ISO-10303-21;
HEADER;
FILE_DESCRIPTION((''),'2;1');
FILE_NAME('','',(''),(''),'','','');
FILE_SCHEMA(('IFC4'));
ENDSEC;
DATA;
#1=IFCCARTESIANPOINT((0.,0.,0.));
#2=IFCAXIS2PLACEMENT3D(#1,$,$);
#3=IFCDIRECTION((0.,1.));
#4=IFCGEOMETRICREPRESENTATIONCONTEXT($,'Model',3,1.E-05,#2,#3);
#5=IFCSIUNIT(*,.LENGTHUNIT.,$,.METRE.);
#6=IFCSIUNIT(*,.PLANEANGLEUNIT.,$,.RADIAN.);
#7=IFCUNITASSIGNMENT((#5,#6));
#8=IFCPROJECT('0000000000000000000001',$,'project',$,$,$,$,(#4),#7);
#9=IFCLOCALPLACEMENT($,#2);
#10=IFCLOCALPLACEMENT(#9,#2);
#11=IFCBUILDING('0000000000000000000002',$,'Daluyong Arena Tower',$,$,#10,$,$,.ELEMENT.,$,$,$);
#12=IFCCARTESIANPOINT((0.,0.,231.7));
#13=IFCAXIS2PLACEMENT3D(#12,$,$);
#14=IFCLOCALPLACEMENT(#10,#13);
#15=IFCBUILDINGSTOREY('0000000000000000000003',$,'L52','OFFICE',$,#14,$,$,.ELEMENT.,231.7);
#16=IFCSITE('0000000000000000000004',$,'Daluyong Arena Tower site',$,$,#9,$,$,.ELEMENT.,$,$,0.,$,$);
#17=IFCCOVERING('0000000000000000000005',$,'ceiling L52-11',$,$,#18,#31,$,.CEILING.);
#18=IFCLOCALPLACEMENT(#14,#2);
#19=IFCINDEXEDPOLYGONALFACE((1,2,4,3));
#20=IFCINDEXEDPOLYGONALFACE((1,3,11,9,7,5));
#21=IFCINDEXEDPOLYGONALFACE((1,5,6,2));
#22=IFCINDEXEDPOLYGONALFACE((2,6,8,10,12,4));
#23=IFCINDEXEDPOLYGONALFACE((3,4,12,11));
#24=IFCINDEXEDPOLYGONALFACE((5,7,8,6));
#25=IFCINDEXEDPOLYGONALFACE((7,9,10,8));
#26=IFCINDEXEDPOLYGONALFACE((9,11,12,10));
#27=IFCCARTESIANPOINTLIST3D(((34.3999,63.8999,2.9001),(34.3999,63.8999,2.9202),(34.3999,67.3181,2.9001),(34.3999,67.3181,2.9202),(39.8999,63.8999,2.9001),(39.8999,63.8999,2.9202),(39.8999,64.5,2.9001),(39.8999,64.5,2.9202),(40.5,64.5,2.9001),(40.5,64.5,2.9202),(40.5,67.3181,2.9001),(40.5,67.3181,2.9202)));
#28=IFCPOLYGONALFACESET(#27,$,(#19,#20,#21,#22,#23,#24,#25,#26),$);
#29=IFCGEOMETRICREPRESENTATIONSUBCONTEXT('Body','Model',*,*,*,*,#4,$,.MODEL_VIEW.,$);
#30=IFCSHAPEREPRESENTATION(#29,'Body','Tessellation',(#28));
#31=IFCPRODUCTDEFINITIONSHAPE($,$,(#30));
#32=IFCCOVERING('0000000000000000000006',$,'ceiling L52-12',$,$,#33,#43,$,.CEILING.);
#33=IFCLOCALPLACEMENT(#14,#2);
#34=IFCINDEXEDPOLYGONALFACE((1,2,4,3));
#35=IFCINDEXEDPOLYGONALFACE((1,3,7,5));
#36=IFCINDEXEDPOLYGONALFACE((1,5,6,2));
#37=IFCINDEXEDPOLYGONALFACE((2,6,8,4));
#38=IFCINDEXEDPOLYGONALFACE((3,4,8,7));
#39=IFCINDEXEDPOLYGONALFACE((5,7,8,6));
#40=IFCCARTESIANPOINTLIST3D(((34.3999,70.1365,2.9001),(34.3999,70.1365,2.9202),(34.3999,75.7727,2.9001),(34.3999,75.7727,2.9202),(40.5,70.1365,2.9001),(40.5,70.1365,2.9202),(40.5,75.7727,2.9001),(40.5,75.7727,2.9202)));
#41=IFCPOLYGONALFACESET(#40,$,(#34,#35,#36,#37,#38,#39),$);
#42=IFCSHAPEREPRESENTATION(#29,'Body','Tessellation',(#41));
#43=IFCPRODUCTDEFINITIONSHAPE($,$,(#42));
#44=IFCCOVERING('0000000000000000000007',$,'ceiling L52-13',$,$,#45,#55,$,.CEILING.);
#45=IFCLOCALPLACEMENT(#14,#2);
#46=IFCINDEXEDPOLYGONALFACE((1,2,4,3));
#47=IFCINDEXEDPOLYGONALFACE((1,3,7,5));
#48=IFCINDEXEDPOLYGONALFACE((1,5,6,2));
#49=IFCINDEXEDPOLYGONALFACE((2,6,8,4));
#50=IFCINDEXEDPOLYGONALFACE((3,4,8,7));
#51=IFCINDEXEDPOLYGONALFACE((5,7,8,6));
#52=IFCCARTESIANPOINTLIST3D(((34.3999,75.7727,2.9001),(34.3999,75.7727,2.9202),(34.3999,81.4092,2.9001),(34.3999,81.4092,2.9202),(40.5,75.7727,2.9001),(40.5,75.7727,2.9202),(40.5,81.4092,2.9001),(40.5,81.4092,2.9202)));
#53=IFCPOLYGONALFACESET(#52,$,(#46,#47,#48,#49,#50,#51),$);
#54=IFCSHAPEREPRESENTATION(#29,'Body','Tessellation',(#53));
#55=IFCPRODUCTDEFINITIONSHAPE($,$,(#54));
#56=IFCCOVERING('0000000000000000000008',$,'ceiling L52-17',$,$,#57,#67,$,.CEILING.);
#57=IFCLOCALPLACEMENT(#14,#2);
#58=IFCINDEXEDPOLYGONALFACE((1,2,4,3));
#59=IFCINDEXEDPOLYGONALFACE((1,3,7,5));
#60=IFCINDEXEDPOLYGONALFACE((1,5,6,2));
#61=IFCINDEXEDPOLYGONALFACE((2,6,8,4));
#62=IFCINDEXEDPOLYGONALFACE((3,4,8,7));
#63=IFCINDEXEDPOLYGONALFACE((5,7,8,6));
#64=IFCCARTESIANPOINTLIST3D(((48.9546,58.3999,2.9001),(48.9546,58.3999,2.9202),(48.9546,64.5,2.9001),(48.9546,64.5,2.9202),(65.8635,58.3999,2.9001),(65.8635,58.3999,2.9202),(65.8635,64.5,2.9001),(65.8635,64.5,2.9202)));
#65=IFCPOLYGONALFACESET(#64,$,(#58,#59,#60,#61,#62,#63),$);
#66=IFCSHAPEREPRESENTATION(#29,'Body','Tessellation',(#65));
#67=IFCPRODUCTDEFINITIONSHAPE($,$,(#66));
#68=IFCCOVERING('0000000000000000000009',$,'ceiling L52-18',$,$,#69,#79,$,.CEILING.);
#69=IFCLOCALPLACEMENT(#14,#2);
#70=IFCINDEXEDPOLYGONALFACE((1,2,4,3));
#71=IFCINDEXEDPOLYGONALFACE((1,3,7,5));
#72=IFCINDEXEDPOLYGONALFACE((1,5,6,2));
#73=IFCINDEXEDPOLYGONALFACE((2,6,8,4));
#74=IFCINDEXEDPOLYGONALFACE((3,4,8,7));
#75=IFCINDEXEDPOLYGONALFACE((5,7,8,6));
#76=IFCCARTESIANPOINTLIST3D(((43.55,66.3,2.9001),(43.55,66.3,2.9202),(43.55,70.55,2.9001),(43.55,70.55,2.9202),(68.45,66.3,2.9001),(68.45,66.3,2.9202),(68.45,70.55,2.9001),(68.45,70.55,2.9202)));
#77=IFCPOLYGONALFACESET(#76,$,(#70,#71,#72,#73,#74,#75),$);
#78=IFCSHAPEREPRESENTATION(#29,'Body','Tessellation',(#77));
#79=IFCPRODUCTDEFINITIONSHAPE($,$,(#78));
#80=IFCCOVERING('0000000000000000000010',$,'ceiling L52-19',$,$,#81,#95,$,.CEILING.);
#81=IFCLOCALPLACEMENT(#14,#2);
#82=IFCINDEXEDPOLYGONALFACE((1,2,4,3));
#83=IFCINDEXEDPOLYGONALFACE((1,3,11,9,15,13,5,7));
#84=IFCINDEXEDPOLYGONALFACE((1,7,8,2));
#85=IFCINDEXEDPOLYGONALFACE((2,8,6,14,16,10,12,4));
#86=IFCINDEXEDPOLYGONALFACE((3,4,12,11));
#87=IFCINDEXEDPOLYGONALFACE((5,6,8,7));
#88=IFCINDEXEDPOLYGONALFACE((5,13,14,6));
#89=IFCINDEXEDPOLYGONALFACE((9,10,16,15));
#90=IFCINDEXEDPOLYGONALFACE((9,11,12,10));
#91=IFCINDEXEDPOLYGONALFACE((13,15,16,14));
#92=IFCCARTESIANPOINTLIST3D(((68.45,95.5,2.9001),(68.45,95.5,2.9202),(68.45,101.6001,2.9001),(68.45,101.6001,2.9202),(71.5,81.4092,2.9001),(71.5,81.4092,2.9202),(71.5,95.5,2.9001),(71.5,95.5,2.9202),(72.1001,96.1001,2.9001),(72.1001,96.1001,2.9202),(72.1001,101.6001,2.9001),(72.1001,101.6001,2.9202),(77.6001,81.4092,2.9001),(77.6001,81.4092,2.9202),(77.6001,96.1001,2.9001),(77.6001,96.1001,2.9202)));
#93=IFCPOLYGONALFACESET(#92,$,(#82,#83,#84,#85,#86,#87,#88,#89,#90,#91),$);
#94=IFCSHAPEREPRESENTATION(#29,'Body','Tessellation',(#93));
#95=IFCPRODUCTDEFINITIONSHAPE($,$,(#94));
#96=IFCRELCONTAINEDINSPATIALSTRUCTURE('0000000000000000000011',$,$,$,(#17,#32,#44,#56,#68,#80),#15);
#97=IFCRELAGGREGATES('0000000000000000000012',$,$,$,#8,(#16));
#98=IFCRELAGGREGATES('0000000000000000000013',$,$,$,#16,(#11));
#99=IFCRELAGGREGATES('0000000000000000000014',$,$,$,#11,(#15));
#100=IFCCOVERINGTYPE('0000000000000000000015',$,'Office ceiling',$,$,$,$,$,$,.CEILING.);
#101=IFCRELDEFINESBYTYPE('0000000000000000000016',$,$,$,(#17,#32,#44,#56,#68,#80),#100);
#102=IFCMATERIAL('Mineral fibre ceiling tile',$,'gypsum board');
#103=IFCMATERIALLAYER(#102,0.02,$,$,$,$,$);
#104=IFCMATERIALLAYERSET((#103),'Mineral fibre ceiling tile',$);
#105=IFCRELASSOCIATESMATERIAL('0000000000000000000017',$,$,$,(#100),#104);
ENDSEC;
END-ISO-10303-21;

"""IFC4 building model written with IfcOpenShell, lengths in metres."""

from ifc_helpers import new_model, si_unit, direction, frame, origin, place, context, subcontext, project, spatial, polyline, outline, extrude, material, layer, layer_set, type_object, element, save


model = new_model("IFC4")

# Units and contexts
model_context = context("Model", 3, precision=1e-05, world=origin(), true_north=direction((0.0, 1.0)))
body_context = subcontext(model_context, "Body", "Model", "MODEL_VIEW")
ifc_project = project(units=[si_unit("LENGTHUNIT", "METRE"), si_unit("PLANEANGLEUNIT", "RADIAN")], contexts=[model_context])

# Site, building, storey
site_placement = place(None, origin())
site = spatial("IfcSite", under=ifc_project, at=site_placement, Name="Daluyong Arena Tower site", CompositionType="ELEMENT", RefElevation=0.0)
building_placement = place(site_placement, origin())
building = spatial("IfcBuilding", under=site, at=building_placement, Name="Daluyong Arena Tower", CompositionType="ELEMENT")
storey_placement = place(building_placement, frame((0.0, 0.0, 231.7)))
storey = spatial("IfcBuildingStorey", under=building, at=storey_placement, Name="L52", Description="OFFICE", CompositionType="ELEMENT", Elevation=231.7)

# Coverings
ifc_material_1 = material(Name="Mineral fibre ceiling tile", Category="gypsum board")
ifc_layer_1 = layer(ifc_material_1, 0.02)
ifc_layer_set_1 = layer_set([ifc_layer_1], Name="Mineral fibre ceiling tile")
covering_type = type_object("IfcCoveringType", Name="Office ceiling", PredefinedType="CEILING", material=ifc_layer_set_1)
covering_1_placement = place(storey_placement, frame((0.0, 0.0, 2.9001)))
element("IfcCovering", 1, at=covering_1_placement, inside=storey, type_object=covering_type, Name="ceiling L52-11", PredefinedType="CEILING", context=body_context, shape_type="SweptSolid", body=[
    extrude(outline(polyline([(34.3999, 63.8999), (39.8999, 63.8999), (39.8999, 64.5), (40.5, 64.5), (40.5, 67.3181), (34.3999, 67.3181), (34.3999, 63.8999)])), origin(), (0.0, 0.0, 1.0), 0.02),
])
covering_2_placement = place(storey_placement, frame((0.0, 0.0, 2.9001)))
element("IfcCovering", 2, at=covering_2_placement, inside=storey, type_object=covering_type, Name="ceiling L52-12", PredefinedType="CEILING", context=body_context, shape_type="SweptSolid", body=[
    extrude(outline(polyline([(40.5, 75.7727), (34.3999, 75.7727), (34.3999, 70.1365), (40.5, 70.1365), (40.5, 75.7727)])), origin(), (0.0, 0.0, 1.0), 0.02),
])
covering_3_placement = place(storey_placement, frame((0.0, 0.0, 2.9001)))
element("IfcCovering", 3, at=covering_3_placement, inside=storey, type_object=covering_type, Name="ceiling L52-13", PredefinedType="CEILING", context=body_context, shape_type="SweptSolid", body=[
    extrude(outline(polyline([(40.5, 81.4092), (34.3999, 81.4092), (34.3999, 75.7727), (40.5, 75.7727), (40.5, 81.4092)])), origin(), (0.0, 0.0, 1.0), 0.02),
])
covering_4_placement = place(storey_placement, frame((0.0, 0.0, 2.9001)))
element("IfcCovering", 4, at=covering_4_placement, inside=storey, type_object=covering_type, Name="ceiling L52-17", PredefinedType="CEILING", context=body_context, shape_type="SweptSolid", body=[
    extrude(outline(polyline([(48.9546, 58.3999), (65.8635, 58.3999), (65.8635, 64.5), (48.9546, 64.5), (48.9546, 58.3999)])), origin(), (0.0, 0.0, 1.0), 0.02),
])
covering_5_placement = place(storey_placement, frame((0.0, 0.0, 2.9001)))
element("IfcCovering", 5, at=covering_5_placement, inside=storey, type_object=covering_type, Name="ceiling L52-18", PredefinedType="CEILING", context=body_context, shape_type="SweptSolid", body=[
    extrude(outline(polyline([(68.45, 70.55), (43.55, 70.55), (43.55, 66.3), (68.45, 66.3), (68.45, 70.55)])), origin(), (0.0, 0.0, 1.0), 0.02),
])
covering_6_placement = place(storey_placement, frame((0.0, 0.0, 2.9001)))
element("IfcCovering", 6, at=covering_6_placement, inside=storey, type_object=covering_type, Name="ceiling L52-19", PredefinedType="CEILING", context=body_context, shape_type="SweptSolid", body=[
    extrude(outline(polyline([(72.1001, 101.6001), (68.45, 101.6001), (68.45, 95.5), (71.5, 95.5), (71.5, 81.4092), (77.6001, 81.4092), (77.6001, 96.1001), (72.1001, 96.1001), (72.1001, 101.6001)])), origin(), (0.0, 0.0, 1.0), 0.02),
])

save(model, "model.ifc")
